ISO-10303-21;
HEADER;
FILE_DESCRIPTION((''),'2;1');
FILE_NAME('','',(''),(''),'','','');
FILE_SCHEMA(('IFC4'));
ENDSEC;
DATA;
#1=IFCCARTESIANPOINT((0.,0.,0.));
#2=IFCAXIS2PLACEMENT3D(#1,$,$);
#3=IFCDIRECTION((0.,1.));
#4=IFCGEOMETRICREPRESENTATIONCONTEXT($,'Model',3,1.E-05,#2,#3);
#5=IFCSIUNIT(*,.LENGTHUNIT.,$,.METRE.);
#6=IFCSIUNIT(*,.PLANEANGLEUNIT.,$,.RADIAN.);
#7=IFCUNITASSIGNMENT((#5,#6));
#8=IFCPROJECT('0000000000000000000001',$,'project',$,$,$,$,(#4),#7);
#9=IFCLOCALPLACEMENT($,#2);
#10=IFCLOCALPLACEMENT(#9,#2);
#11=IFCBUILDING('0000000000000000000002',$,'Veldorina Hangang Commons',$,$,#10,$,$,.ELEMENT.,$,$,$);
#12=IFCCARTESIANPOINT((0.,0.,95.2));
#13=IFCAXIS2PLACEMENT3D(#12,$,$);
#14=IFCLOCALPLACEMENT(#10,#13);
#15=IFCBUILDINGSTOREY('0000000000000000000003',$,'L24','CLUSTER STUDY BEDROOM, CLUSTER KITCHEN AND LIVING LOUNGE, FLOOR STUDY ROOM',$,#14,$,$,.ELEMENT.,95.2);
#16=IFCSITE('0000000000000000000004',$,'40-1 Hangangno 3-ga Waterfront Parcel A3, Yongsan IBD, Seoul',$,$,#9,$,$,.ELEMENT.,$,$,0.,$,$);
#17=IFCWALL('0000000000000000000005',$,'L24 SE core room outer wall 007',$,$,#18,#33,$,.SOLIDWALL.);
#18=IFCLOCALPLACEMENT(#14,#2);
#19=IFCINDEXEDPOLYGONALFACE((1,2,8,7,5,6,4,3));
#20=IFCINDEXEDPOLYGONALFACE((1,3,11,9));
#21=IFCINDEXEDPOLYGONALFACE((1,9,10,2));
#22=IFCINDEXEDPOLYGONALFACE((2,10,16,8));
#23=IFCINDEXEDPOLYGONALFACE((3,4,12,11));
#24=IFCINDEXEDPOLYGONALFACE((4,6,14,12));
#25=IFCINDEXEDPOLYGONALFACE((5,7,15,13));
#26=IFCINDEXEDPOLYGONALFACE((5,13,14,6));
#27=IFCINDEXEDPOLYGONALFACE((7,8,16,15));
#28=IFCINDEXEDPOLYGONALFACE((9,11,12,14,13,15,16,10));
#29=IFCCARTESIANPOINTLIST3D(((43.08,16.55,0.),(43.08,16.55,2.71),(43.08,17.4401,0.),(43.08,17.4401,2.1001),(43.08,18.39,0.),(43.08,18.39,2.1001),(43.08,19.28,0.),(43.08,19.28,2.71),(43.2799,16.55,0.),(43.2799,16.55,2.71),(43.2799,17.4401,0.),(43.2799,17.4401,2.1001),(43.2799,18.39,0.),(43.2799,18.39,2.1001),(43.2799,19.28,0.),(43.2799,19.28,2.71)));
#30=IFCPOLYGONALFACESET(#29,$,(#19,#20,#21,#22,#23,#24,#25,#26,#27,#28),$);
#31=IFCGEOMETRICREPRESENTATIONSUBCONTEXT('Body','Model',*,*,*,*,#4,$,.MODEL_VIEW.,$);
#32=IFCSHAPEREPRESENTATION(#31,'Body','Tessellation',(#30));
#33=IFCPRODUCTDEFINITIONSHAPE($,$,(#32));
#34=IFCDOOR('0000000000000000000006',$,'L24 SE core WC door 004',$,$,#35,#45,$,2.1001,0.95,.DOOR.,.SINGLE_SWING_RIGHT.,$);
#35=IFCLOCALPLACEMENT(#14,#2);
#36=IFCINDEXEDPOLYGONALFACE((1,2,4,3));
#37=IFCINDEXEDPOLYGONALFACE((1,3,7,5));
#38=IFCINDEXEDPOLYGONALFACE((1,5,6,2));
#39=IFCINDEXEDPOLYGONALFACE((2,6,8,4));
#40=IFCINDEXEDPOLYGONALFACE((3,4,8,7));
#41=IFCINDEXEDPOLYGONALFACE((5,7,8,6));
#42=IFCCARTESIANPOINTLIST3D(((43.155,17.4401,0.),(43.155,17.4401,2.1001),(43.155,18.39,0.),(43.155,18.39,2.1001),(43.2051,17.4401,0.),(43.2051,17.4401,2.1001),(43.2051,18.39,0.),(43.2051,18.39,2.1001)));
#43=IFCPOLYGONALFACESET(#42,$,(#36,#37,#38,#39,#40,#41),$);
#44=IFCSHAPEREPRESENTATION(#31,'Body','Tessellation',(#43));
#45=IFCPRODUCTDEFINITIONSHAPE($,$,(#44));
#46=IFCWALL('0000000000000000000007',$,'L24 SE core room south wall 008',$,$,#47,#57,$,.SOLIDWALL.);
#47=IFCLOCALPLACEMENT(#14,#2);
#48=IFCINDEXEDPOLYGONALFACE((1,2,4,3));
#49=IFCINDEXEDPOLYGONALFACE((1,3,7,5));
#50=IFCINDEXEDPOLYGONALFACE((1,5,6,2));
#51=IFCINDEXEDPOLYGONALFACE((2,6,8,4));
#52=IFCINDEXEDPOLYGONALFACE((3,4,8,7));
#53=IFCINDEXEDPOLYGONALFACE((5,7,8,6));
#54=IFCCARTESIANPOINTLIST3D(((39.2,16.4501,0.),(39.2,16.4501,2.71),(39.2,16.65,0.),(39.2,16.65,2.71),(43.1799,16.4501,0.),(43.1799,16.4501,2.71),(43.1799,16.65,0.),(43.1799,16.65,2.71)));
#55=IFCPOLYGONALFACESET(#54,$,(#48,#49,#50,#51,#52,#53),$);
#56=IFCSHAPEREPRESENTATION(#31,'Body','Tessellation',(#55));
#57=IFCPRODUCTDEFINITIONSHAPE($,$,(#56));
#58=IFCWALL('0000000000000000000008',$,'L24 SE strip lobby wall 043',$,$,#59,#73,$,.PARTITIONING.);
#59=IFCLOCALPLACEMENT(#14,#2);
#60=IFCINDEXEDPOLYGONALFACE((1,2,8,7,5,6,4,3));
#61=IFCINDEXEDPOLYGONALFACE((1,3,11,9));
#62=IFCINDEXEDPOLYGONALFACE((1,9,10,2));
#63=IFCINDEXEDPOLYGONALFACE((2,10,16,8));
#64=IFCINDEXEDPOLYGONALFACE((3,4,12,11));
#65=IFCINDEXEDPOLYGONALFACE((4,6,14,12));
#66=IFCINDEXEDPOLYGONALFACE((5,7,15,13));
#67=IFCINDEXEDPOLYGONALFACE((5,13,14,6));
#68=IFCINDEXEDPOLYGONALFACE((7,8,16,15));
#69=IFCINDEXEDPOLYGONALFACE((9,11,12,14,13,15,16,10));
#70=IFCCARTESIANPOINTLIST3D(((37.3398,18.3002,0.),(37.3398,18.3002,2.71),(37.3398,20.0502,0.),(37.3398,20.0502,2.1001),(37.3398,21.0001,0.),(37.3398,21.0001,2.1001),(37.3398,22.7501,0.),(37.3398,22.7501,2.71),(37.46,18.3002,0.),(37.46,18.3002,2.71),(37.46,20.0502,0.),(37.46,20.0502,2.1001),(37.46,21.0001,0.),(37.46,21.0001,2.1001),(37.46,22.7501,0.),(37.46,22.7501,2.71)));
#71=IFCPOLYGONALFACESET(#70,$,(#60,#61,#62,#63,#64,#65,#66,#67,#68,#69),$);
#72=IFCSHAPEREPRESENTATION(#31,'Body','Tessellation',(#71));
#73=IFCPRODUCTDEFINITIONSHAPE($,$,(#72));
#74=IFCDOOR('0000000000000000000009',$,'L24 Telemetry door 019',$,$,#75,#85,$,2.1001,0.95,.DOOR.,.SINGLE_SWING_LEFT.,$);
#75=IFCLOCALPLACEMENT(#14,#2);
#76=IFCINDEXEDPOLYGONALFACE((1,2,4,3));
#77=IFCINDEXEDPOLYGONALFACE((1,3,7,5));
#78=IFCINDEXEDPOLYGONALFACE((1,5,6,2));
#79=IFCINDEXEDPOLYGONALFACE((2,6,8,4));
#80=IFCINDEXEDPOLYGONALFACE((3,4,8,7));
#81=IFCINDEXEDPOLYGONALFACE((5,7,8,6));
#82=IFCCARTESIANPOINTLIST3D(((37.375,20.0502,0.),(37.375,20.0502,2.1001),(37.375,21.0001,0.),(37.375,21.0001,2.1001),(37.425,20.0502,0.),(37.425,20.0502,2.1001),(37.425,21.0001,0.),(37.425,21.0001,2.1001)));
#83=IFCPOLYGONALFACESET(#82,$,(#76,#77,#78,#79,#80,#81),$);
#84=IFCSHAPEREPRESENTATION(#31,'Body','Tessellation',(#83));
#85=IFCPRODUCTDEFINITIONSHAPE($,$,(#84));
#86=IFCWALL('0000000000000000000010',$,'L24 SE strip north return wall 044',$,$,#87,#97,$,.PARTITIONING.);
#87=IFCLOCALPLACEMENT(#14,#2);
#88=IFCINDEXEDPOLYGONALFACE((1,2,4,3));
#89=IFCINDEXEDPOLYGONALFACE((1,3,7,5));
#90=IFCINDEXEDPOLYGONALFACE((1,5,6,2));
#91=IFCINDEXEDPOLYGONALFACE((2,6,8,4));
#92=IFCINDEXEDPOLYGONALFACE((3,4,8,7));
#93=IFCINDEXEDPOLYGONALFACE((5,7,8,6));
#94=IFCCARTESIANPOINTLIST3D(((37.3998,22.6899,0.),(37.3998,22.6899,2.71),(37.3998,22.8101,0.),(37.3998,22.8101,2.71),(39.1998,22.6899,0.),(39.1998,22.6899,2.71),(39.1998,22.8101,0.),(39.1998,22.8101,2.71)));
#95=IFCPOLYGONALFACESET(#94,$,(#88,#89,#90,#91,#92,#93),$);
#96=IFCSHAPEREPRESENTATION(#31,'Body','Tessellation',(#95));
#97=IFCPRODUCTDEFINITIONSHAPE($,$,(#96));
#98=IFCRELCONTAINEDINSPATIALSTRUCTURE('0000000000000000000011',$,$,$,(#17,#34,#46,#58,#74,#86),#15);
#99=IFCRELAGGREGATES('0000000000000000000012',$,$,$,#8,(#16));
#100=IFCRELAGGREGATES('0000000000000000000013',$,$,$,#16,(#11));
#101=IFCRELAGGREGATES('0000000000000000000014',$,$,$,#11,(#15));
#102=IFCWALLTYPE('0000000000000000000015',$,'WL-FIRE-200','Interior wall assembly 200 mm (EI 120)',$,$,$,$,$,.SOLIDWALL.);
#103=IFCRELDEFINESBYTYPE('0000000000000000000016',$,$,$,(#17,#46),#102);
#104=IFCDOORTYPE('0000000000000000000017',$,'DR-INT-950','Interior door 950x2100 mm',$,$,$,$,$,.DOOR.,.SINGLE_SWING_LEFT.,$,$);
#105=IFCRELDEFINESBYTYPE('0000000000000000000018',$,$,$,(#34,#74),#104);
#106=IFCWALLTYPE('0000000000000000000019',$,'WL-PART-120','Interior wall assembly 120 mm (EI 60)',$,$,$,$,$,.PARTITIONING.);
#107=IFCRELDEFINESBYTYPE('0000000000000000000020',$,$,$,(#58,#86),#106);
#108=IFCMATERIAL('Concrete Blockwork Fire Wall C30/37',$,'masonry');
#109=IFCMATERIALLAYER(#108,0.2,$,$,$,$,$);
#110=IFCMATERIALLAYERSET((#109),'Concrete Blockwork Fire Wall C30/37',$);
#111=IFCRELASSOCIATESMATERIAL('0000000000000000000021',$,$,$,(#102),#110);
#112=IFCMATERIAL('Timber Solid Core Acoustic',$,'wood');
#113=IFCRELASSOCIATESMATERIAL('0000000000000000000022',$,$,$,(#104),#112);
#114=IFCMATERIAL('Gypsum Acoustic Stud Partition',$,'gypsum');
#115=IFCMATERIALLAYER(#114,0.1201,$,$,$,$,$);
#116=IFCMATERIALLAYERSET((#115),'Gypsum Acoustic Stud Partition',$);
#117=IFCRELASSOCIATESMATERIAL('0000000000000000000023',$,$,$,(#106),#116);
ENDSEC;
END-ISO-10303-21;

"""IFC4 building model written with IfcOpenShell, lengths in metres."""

from ifc_helpers import new_model, si_unit, direction, frame, frame_2d, origin, place, context, subcontext, project, spatial, rectangle, extrude, material, layer, layer_set, type_object, element, fill, save


model = new_model("IFC4")

# Units and contexts
model_context = context("Model", 3, precision=1e-05, world=origin(), true_north=direction((0.0, 1.0)))
body_context = subcontext(model_context, "Body", "Model", "MODEL_VIEW")
ifc_project = project(units=[si_unit("LENGTHUNIT", "METRE"), si_unit("PLANEANGLEUNIT", "RADIAN")], contexts=[model_context])

# Site, building, storey
site_placement = place(None, origin())
site = spatial("IfcSite", under=ifc_project, at=site_placement, Name="40-1 Hangangno 3-ga Waterfront Parcel A3, Yongsan IBD, Seoul", CompositionType="ELEMENT", RefElevation=0.0)
building_placement = place(site_placement, origin())
building = spatial("IfcBuilding", under=site, at=building_placement, Name="Veldorina Hangang Commons", CompositionType="ELEMENT")
storey_placement = place(building_placement, frame((0.0, 0.0, 95.2)))
storey = spatial("IfcBuildingStorey", under=building, at=storey_placement, Name="L24", Description="CLUSTER STUDY BEDROOM, CLUSTER KITCHEN AND LIVING LOUNGE, FLOOR STUDY ROOM", CompositionType="ELEMENT", Elevation=95.2)

# Wall, opening, door
ifc_material_1 = material(Name="Concrete Blockwork Fire Wall C30/37", Category="masonry")
ifc_layer_1 = layer(ifc_material_1, 0.2)
ifc_layer_set_1 = layer_set([ifc_layer_1], Name="Concrete Blockwork Fire Wall C30/37")
wall_type_1 = type_object("IfcWallType", Name="WL-FIRE-200", Description="Interior wall assembly 200 mm (EI 120)", PredefinedType="SOLIDWALL", material=ifc_layer_set_1)
wall_1_placement = place(storey_placement, frame((43.1799, 16.55, 0.0), z_axis=(0.0, 0.0, 1.0), x_axis=(0.0, 1.0, 0.0)))
wall_1 = element("IfcWall", 1, at=wall_1_placement, inside=storey, type_object=wall_type_1, Name="L24 SE core room outer wall 007", PredefinedType="SOLIDWALL", context=body_context, shape_type="SweptSolid", body=[
    extrude(rectangle(XDim=2.73, YDim=0.2, at=frame_2d((1.365, 0.0))), origin(), (0.0, 0.0, 1.0), 2.71),
])
opening_1_placement = place(wall_1_placement, frame((0.8899, 0.0, 0.0)))
opening_1 = element("IfcOpeningElement", 2, at=opening_1_placement, cuts=wall_1, PredefinedType="OPENING", context=body_context, shape_type="SweptSolid", body=[
    extrude(rectangle(XDim=0.95, YDim=2.1001, at=frame_2d((0.4751, 1.05))), frame((0.0, 0.1099, 0.0), z_axis=(0.0, -1.0, 0.0), x_axis=(1.0, 0.0, 0.0)), (0.0, 0.0, 1.0), 0.22),
])
ifc_material_2 = material(Name="Timber Solid Core Acoustic", Category="wood")
door_type_1 = type_object("IfcDoorType", Name="DR-INT-950", Description="Interior door 950x2100 mm", OperationType="SINGLE_SWING_LEFT", PredefinedType="DOOR", material=ifc_material_2)
door_1_placement = place(opening_1_placement, origin())
door_1 = element("IfcDoor", 3, at=door_1_placement, inside=storey, type_object=door_type_1, Name="L24 SE core WC door 004", OperationType="SINGLE_SWING_RIGHT", OverallHeight=2.1001, OverallWidth=0.95, PredefinedType="DOOR", context=body_context, shape_type="SweptSolid", body=[
    extrude(rectangle(XDim=0.95, YDim=2.1001, at=frame_2d((0.4751, 1.05))), frame((0.0, 0.0249, 0.0), z_axis=(0.0, -1.0, 0.0), x_axis=(1.0, 0.0, 0.0)), (0.0, 0.0, 1.0), 0.05),
])
fill(opening_1, door_1)

# Wall
wall_2_placement = place(storey_placement, frame((39.2, 16.55, 0.0), z_axis=(0.0, 0.0, 1.0), x_axis=(1.0, 0.0, 0.0)))
element("IfcWall", 4, at=wall_2_placement, inside=storey, type_object=wall_type_1, Name="L24 SE core room south wall 008", PredefinedType="SOLIDWALL", context=body_context, shape_type="SweptSolid", body=[
    extrude(rectangle(XDim=3.98, YDim=0.2, at=frame_2d((1.99, 0.0))), origin(), (0.0, 0.0, 1.0), 2.71),
])

# Wall, opening, door
ifc_material_3 = material(Name="Gypsum Acoustic Stud Partition", Category="gypsum")
ifc_layer_2 = layer(ifc_material_3, 0.1201)
ifc_layer_set_2 = layer_set([ifc_layer_2], Name="Gypsum Acoustic Stud Partition")
wall_type_2 = type_object("IfcWallType", Name="WL-PART-120", Description="Interior wall assembly 120 mm (EI 60)", PredefinedType="PARTITIONING", material=ifc_layer_set_2)
wall_3_placement = place(storey_placement, frame((37.3999, 18.3, 0.0), z_axis=(0.0, 0.0, 1.0), x_axis=(0.0, 1.0, 0.0)))
wall_3 = element("IfcWall", 5, at=wall_3_placement, inside=storey, type_object=wall_type_2, Name="L24 SE strip lobby wall 043", PredefinedType="PARTITIONING", context=body_context, shape_type="SweptSolid", body=[
    extrude(rectangle(XDim=4.45, YDim=0.1201, at=frame_2d((2.2251, 0.0))), origin(), (0.0, 0.0, 1.0), 2.71),
])
opening_2_placement = place(wall_3_placement, frame((1.75, 0.0, 0.0)))
opening_2 = element("IfcOpeningElement", 6, at=opening_2_placement, cuts=wall_3, PredefinedType="OPENING", context=body_context, shape_type="SweptSolid", body=[
    extrude(rectangle(XDim=0.95, YDim=2.1001, at=frame_2d((0.4751, 1.05))), frame((0.0, 0.0701, 0.0), z_axis=(0.0, -1.0, 0.0), x_axis=(1.0, 0.0, 0.0)), (0.0, 0.0, 1.0), 0.1401),
])
door_2_placement = place(opening_2_placement, origin())
door_2 = element("IfcDoor", 7, at=door_2_placement, inside=storey, type_object=door_type_1, Name="L24 Telemetry door 019", OperationType="SINGLE_SWING_LEFT", OverallHeight=2.1001, OverallWidth=0.95, PredefinedType="DOOR", context=body_context, shape_type="SweptSolid", body=[
    extrude(rectangle(XDim=0.95, YDim=2.1001, at=frame_2d((0.4751, 1.05))), frame((0.0, 0.0249, 0.0), z_axis=(0.0, -1.0, 0.0), x_axis=(1.0, 0.0, 0.0)), (0.0, 0.0, 1.0), 0.05),
])
fill(opening_2, door_2)

# Wall
wall_4_placement = place(storey_placement, frame((37.3999, 22.75, 0.0), z_axis=(0.0, 0.0, 1.0), x_axis=(1.0, 0.0, 0.0)))
element("IfcWall", 8, at=wall_4_placement, inside=storey, type_object=wall_type_2, Name="L24 SE strip north return wall 044", PredefinedType="PARTITIONING", context=body_context, shape_type="SweptSolid", body=[
    extrude(rectangle(XDim=1.8, YDim=0.1201, at=frame_2d((0.8999, 0.0))), origin(), (0.0, 0.0, 1.0), 2.71),
])

save(model, "model.ifc")
